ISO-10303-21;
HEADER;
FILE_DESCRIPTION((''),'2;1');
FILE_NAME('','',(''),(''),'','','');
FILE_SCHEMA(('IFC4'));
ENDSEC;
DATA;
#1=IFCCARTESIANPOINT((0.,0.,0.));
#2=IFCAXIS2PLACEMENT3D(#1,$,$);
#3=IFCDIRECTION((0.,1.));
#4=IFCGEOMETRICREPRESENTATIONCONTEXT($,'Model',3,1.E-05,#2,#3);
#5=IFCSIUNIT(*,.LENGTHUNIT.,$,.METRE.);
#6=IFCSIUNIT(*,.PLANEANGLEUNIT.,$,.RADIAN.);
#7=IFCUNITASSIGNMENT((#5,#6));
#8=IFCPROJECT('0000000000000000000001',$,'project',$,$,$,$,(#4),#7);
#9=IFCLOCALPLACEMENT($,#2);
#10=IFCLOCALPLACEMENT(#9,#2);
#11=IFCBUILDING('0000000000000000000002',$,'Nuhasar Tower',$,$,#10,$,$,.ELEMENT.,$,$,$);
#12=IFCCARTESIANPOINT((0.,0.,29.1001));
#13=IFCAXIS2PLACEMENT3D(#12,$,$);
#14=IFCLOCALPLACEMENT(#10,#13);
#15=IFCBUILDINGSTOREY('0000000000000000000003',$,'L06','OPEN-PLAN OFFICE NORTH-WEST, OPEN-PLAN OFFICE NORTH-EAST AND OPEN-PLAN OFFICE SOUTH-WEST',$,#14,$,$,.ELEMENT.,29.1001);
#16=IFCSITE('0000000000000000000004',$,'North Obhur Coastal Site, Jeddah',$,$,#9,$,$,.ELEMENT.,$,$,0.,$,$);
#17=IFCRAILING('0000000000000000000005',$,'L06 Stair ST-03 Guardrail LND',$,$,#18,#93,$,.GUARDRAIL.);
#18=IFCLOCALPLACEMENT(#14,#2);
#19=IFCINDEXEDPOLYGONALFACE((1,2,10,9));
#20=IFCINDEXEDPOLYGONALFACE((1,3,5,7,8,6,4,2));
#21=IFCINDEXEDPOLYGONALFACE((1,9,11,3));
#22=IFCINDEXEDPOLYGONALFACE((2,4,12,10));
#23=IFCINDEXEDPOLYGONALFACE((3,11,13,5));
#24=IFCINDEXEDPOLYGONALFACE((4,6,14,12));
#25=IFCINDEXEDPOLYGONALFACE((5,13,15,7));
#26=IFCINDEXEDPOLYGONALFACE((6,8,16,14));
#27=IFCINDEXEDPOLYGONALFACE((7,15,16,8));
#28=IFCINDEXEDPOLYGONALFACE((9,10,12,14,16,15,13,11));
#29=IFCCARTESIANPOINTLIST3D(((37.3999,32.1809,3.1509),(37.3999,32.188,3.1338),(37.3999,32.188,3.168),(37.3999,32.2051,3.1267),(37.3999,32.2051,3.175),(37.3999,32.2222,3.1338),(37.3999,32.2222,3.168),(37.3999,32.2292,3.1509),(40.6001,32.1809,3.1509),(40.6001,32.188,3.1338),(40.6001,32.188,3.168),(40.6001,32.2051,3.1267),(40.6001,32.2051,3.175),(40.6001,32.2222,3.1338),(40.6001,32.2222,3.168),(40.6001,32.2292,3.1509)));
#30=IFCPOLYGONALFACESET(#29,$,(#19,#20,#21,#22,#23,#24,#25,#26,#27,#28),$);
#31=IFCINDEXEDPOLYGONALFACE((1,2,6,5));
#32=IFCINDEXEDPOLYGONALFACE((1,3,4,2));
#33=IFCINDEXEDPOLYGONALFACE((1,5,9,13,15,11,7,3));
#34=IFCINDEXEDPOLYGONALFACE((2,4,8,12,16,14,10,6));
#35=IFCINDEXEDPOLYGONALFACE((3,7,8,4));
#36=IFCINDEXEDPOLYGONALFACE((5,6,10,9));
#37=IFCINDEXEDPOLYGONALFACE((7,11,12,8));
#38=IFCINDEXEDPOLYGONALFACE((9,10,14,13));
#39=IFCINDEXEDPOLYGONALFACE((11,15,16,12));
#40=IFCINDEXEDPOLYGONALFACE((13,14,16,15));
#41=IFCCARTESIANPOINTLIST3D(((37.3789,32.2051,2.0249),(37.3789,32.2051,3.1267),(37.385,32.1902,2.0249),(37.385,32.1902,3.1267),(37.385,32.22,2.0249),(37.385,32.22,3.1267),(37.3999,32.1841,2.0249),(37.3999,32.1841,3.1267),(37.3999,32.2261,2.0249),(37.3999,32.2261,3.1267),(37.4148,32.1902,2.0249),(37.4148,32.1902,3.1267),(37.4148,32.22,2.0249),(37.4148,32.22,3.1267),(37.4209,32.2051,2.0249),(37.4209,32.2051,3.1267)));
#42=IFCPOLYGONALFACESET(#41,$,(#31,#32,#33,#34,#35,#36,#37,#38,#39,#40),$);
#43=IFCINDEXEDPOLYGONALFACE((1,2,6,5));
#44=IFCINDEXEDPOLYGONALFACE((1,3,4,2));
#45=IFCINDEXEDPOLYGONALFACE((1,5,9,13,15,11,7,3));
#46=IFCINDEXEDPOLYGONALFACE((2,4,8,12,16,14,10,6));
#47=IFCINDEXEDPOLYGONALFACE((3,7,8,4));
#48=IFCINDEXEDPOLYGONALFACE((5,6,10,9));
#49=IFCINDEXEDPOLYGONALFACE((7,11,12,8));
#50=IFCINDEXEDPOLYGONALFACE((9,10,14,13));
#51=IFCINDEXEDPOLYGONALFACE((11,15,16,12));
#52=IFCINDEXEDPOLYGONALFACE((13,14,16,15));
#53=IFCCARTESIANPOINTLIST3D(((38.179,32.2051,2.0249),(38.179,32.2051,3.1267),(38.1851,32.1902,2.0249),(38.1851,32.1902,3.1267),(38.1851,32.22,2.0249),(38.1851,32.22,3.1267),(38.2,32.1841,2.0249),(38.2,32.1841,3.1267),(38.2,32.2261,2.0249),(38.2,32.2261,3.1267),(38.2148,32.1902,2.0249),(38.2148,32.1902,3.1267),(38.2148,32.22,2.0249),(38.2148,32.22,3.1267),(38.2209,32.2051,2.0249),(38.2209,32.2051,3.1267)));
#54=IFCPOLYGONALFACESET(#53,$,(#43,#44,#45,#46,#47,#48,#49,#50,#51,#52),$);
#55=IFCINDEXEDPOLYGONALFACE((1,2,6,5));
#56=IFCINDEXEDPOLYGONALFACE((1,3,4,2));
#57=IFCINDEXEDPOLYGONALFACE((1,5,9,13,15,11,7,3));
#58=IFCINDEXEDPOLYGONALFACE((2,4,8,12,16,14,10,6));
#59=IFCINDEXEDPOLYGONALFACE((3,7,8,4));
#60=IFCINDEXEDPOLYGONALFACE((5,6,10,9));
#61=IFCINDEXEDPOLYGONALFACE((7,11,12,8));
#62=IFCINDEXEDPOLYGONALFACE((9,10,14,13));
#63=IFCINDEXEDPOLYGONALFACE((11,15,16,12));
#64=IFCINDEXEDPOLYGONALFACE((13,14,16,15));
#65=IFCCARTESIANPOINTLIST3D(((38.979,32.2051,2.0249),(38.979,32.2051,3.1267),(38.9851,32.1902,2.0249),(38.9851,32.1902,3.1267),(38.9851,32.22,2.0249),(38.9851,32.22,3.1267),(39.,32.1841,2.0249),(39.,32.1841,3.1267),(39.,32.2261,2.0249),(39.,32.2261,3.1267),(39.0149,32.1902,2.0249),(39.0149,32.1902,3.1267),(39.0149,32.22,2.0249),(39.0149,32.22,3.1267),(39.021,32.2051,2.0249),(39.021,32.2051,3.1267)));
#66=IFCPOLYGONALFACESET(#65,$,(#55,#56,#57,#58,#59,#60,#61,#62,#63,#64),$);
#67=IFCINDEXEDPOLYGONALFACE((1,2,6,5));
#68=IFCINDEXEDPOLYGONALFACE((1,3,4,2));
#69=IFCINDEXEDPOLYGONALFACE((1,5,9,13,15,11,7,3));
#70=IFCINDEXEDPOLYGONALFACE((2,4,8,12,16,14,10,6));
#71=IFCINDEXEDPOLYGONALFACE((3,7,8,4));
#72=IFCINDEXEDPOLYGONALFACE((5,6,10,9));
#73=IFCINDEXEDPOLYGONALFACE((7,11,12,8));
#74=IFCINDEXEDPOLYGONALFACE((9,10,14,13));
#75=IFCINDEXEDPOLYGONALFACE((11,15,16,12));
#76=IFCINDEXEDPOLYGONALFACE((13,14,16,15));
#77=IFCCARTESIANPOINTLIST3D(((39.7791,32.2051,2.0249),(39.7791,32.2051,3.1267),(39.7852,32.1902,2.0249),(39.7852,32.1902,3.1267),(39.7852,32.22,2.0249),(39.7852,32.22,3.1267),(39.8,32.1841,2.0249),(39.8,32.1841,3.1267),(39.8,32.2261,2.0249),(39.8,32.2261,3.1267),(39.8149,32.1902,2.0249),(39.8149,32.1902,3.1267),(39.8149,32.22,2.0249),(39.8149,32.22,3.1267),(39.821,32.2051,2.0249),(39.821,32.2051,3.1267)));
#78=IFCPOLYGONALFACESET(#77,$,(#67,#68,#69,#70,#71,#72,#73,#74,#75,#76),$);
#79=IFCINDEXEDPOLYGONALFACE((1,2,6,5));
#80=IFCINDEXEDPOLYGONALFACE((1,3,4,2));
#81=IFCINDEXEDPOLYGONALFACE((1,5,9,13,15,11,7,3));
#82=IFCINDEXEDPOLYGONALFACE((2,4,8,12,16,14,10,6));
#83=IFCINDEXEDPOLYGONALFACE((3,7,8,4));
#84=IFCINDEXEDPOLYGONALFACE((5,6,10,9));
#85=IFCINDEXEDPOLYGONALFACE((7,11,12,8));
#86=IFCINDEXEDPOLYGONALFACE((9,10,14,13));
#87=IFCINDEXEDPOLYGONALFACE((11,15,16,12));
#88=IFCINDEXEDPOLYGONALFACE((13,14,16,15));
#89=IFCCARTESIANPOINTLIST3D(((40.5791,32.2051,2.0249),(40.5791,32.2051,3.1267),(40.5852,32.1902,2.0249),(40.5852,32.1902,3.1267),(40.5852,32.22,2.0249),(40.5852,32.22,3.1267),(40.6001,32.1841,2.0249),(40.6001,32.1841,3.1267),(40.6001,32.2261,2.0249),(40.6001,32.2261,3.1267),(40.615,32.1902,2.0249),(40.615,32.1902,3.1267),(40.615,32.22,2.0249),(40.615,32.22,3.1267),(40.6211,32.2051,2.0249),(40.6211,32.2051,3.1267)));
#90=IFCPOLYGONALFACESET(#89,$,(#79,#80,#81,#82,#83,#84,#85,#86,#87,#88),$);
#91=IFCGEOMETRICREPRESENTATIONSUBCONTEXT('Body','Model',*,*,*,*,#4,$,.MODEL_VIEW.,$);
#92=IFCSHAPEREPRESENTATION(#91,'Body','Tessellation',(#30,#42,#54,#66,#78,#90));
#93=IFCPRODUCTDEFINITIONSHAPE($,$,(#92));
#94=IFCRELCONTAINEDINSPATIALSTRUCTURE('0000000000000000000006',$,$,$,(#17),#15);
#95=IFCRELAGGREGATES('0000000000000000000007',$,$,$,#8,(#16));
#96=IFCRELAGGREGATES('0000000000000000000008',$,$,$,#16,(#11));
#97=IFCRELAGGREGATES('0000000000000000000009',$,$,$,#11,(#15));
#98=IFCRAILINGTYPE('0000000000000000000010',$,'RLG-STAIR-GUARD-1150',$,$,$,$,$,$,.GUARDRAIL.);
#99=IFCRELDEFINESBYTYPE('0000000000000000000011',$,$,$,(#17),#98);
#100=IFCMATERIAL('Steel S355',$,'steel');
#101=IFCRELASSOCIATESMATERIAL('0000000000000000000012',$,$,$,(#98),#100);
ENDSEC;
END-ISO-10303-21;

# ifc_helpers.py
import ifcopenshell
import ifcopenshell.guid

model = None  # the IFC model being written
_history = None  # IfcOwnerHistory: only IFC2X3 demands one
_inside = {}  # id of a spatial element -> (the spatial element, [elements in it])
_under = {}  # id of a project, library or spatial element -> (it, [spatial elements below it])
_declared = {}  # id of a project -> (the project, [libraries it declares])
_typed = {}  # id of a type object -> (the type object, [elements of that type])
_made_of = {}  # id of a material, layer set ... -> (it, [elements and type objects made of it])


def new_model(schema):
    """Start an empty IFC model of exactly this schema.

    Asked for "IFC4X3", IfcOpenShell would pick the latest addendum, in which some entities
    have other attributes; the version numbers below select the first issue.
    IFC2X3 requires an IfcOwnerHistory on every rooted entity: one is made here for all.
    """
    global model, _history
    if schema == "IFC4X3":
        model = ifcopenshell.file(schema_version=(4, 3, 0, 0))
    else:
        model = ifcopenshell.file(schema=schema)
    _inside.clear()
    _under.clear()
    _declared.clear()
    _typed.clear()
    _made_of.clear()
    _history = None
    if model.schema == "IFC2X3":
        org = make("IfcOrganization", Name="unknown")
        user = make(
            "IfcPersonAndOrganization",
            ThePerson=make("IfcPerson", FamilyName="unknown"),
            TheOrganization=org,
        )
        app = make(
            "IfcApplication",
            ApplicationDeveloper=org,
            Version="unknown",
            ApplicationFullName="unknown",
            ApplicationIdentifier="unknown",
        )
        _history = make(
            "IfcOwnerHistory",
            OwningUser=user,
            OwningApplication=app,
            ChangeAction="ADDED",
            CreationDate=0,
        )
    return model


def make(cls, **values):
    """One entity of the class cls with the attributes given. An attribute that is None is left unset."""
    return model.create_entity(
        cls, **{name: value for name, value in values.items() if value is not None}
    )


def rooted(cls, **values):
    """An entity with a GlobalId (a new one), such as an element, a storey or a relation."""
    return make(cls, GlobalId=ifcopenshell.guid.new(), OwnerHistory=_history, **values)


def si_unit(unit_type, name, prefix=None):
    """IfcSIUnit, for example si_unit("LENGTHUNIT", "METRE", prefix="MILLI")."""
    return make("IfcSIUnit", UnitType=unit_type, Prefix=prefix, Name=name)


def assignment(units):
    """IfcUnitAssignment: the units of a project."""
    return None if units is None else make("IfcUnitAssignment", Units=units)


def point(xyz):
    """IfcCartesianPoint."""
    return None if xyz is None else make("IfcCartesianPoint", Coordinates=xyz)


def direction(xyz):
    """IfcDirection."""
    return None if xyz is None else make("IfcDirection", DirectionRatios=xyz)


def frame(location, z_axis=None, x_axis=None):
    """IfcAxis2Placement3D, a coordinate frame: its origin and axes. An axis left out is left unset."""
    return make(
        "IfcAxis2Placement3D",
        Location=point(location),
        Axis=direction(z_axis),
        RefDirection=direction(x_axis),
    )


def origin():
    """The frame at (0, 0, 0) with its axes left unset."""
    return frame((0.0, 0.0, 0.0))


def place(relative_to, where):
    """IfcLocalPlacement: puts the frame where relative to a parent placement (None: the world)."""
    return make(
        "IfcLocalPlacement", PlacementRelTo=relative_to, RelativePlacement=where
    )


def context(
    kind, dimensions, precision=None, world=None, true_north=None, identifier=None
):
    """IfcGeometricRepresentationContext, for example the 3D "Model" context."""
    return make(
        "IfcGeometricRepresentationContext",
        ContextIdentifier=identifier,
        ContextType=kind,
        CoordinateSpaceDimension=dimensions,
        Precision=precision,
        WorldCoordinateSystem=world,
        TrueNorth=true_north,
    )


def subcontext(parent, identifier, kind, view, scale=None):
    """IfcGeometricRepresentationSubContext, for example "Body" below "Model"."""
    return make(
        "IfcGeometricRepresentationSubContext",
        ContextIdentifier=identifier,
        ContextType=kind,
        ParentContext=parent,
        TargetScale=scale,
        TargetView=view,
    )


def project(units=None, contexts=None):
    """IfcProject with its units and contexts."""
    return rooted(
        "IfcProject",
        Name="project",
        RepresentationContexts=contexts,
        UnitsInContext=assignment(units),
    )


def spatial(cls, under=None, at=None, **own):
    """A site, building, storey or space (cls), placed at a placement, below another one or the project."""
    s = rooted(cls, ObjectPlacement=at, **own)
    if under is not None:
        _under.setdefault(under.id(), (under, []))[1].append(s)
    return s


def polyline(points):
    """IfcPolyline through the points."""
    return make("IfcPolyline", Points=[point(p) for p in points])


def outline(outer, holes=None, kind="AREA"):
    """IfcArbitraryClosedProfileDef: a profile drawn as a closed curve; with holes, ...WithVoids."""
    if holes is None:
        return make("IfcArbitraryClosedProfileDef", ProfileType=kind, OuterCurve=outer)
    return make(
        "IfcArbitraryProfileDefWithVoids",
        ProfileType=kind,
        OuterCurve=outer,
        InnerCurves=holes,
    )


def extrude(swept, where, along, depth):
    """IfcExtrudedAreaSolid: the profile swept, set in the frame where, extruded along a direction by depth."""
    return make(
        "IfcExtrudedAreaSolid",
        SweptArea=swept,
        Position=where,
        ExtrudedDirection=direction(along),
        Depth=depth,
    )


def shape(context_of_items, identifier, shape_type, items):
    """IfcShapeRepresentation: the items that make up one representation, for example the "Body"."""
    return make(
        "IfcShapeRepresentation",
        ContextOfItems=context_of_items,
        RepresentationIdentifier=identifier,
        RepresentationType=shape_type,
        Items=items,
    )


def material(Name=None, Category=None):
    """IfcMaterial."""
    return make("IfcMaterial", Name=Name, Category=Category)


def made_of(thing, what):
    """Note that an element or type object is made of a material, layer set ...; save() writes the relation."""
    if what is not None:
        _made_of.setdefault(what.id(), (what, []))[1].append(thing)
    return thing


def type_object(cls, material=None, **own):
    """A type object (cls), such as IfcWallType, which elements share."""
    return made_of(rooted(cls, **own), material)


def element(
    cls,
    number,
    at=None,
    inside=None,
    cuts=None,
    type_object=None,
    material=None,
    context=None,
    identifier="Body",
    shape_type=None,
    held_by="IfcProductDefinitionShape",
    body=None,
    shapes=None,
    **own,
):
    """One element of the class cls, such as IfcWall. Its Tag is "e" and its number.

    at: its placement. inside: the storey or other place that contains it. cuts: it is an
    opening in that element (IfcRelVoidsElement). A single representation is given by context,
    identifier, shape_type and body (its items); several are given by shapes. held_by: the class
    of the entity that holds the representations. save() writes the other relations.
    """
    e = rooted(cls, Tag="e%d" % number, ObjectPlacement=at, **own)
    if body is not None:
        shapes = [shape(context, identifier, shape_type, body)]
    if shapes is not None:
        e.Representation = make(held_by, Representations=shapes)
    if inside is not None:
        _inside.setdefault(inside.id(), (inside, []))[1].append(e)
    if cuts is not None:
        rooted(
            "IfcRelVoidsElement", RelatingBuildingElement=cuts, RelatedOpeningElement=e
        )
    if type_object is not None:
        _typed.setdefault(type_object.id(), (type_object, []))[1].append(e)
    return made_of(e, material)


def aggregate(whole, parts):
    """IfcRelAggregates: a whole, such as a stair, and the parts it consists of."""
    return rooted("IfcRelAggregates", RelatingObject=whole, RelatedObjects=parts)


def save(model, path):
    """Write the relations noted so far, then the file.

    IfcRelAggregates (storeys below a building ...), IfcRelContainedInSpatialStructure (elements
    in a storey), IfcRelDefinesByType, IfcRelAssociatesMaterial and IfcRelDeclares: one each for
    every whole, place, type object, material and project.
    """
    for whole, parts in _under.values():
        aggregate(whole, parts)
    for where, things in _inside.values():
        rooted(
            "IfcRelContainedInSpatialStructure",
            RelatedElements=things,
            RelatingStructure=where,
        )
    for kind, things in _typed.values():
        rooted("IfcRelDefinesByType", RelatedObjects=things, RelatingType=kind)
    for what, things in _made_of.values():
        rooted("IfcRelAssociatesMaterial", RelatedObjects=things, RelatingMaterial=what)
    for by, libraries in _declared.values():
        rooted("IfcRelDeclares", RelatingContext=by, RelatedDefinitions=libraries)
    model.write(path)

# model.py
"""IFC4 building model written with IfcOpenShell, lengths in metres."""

from ifc_helpers import new_model, si_unit, direction, frame, origin, place, context, subcontext, project, spatial, polyline, outline, extrude, material, type_object, element, save


model = new_model("IFC4")

# Units and contexts
model_context = context("Model", 3, precision=1e-05, world=origin(), true_north=direction((0.0, 1.0)))
body_context = subcontext(model_context, "Body", "Model", "MODEL_VIEW")
ifc_project = project(units=[si_unit("LENGTHUNIT", "METRE"), si_unit("PLANEANGLEUNIT", "RADIAN")], contexts=[model_context])

# Site, building, storey
site_placement = place(None, origin())
site = spatial("IfcSite", under=ifc_project, at=site_placement, Name="North Obhur Coastal Site, Jeddah", CompositionType="ELEMENT", RefElevation=0.0)
building_placement = place(site_placement, origin())
building = spatial("IfcBuilding", under=site, at=building_placement, Name="Nuhasar Tower", CompositionType="ELEMENT")
storey_placement = place(building_placement, frame((0.0, 0.0, 29.1001)))
storey = spatial("IfcBuildingStorey", under=building, at=storey_placement, Name="L06", Description="OPEN-PLAN OFFICE NORTH-WEST, OPEN-PLAN OFFICE NORTH-EAST AND OPEN-PLAN OFFICE SOUTH-WEST", CompositionType="ELEMENT", Elevation=29.1001)

# Shared definitions
ifc_material_1 = material(Name="Steel S355", Category="steel")

# Railing
railing_type_1 = type_object("IfcRailingType", Name="RLG-STAIR-GUARD-1150", PredefinedType="GUARDRAIL", material=ifc_material_1)
railing_1_placement = place(storey_placement, frame((37.3999, 32.2051, 2.0249)))
element("IfcRailing", 1, at=railing_1_placement, inside=storey, type_object=railing_type_1, Name="L06 Stair ST-03 Guardrail LND", PredefinedType="GUARDRAIL", context=body_context, shape_type="SweptSolid", body=[
    extrude(outline(polyline([(0.0242, 0.0), (0.0171, 0.0171), (0.0, 0.0242), (-0.0171, 0.0171), (-0.0242, 0.0), (-0.0171, -0.0171), (0.0, -0.0242), (0.0171, -0.0171), (0.0242, 0.0)])), frame((0.0, 0.0, 1.126), z_axis=(1.0, 0.0, 0.0), x_axis=(0.0, 1.0, 0.0)), (0.0, 0.0, 1.0), 3.2002),
    extrude(outline(polyline([(0.021, 0.0), (0.0149, 0.0149), (0.0, 0.021), (-0.0149, 0.0149), (-0.021, 0.0), (-0.0149, -0.0149), (0.0, -0.021), (0.0149, -0.0149), (0.021, 0.0)])), origin(), (0.0, 0.0, 1.0), 1.1018),
    extrude(outline(polyline([(0.021, 0.0), (0.0149, 0.0149), (0.0, 0.021), (-0.0149, 0.0149), (-0.021, 0.0), (-0.0149, -0.0149), (0.0, -0.021), (0.0149, -0.0149), (0.021, 0.0)])), frame((0.8, 0.0, 0.0)), (0.0, 0.0, 1.0), 1.1018),
    extrude(outline(polyline([(0.021, 0.0), (0.0149, 0.0149), (0.0, 0.021), (-0.0149, 0.0149), (-0.021, 0.0), (-0.0149, -0.0149), (0.0, -0.021), (0.0149, -0.0149), (0.021, 0.0)])), frame((1.6001, 0.0, 0.0)), (0.0, 0.0, 1.0), 1.1018),
    extrude(outline(polyline([(0.021, 0.0), (0.0149, 0.0149), (0.0, 0.021), (-0.0149, 0.0149), (-0.021, 0.0), (-0.0149, -0.0149), (0.0, -0.021), (0.0149, -0.0149), (0.021, 0.0)])), frame((2.4001, 0.0, 0.0)), (0.0, 0.0, 1.0), 1.1018),
    extrude(outline(polyline([(0.021, 0.0), (0.0149, 0.0149), (0.0, 0.021), (-0.0149, 0.0149), (-0.021, 0.0), (-0.0149, -0.0149), (0.0, -0.021), (0.0149, -0.0149), (0.021, 0.0)])), frame((3.2002, 0.0, 0.0)), (0.0, 0.0, 1.0), 1.1018),
])

save(model, "model.ifc")
